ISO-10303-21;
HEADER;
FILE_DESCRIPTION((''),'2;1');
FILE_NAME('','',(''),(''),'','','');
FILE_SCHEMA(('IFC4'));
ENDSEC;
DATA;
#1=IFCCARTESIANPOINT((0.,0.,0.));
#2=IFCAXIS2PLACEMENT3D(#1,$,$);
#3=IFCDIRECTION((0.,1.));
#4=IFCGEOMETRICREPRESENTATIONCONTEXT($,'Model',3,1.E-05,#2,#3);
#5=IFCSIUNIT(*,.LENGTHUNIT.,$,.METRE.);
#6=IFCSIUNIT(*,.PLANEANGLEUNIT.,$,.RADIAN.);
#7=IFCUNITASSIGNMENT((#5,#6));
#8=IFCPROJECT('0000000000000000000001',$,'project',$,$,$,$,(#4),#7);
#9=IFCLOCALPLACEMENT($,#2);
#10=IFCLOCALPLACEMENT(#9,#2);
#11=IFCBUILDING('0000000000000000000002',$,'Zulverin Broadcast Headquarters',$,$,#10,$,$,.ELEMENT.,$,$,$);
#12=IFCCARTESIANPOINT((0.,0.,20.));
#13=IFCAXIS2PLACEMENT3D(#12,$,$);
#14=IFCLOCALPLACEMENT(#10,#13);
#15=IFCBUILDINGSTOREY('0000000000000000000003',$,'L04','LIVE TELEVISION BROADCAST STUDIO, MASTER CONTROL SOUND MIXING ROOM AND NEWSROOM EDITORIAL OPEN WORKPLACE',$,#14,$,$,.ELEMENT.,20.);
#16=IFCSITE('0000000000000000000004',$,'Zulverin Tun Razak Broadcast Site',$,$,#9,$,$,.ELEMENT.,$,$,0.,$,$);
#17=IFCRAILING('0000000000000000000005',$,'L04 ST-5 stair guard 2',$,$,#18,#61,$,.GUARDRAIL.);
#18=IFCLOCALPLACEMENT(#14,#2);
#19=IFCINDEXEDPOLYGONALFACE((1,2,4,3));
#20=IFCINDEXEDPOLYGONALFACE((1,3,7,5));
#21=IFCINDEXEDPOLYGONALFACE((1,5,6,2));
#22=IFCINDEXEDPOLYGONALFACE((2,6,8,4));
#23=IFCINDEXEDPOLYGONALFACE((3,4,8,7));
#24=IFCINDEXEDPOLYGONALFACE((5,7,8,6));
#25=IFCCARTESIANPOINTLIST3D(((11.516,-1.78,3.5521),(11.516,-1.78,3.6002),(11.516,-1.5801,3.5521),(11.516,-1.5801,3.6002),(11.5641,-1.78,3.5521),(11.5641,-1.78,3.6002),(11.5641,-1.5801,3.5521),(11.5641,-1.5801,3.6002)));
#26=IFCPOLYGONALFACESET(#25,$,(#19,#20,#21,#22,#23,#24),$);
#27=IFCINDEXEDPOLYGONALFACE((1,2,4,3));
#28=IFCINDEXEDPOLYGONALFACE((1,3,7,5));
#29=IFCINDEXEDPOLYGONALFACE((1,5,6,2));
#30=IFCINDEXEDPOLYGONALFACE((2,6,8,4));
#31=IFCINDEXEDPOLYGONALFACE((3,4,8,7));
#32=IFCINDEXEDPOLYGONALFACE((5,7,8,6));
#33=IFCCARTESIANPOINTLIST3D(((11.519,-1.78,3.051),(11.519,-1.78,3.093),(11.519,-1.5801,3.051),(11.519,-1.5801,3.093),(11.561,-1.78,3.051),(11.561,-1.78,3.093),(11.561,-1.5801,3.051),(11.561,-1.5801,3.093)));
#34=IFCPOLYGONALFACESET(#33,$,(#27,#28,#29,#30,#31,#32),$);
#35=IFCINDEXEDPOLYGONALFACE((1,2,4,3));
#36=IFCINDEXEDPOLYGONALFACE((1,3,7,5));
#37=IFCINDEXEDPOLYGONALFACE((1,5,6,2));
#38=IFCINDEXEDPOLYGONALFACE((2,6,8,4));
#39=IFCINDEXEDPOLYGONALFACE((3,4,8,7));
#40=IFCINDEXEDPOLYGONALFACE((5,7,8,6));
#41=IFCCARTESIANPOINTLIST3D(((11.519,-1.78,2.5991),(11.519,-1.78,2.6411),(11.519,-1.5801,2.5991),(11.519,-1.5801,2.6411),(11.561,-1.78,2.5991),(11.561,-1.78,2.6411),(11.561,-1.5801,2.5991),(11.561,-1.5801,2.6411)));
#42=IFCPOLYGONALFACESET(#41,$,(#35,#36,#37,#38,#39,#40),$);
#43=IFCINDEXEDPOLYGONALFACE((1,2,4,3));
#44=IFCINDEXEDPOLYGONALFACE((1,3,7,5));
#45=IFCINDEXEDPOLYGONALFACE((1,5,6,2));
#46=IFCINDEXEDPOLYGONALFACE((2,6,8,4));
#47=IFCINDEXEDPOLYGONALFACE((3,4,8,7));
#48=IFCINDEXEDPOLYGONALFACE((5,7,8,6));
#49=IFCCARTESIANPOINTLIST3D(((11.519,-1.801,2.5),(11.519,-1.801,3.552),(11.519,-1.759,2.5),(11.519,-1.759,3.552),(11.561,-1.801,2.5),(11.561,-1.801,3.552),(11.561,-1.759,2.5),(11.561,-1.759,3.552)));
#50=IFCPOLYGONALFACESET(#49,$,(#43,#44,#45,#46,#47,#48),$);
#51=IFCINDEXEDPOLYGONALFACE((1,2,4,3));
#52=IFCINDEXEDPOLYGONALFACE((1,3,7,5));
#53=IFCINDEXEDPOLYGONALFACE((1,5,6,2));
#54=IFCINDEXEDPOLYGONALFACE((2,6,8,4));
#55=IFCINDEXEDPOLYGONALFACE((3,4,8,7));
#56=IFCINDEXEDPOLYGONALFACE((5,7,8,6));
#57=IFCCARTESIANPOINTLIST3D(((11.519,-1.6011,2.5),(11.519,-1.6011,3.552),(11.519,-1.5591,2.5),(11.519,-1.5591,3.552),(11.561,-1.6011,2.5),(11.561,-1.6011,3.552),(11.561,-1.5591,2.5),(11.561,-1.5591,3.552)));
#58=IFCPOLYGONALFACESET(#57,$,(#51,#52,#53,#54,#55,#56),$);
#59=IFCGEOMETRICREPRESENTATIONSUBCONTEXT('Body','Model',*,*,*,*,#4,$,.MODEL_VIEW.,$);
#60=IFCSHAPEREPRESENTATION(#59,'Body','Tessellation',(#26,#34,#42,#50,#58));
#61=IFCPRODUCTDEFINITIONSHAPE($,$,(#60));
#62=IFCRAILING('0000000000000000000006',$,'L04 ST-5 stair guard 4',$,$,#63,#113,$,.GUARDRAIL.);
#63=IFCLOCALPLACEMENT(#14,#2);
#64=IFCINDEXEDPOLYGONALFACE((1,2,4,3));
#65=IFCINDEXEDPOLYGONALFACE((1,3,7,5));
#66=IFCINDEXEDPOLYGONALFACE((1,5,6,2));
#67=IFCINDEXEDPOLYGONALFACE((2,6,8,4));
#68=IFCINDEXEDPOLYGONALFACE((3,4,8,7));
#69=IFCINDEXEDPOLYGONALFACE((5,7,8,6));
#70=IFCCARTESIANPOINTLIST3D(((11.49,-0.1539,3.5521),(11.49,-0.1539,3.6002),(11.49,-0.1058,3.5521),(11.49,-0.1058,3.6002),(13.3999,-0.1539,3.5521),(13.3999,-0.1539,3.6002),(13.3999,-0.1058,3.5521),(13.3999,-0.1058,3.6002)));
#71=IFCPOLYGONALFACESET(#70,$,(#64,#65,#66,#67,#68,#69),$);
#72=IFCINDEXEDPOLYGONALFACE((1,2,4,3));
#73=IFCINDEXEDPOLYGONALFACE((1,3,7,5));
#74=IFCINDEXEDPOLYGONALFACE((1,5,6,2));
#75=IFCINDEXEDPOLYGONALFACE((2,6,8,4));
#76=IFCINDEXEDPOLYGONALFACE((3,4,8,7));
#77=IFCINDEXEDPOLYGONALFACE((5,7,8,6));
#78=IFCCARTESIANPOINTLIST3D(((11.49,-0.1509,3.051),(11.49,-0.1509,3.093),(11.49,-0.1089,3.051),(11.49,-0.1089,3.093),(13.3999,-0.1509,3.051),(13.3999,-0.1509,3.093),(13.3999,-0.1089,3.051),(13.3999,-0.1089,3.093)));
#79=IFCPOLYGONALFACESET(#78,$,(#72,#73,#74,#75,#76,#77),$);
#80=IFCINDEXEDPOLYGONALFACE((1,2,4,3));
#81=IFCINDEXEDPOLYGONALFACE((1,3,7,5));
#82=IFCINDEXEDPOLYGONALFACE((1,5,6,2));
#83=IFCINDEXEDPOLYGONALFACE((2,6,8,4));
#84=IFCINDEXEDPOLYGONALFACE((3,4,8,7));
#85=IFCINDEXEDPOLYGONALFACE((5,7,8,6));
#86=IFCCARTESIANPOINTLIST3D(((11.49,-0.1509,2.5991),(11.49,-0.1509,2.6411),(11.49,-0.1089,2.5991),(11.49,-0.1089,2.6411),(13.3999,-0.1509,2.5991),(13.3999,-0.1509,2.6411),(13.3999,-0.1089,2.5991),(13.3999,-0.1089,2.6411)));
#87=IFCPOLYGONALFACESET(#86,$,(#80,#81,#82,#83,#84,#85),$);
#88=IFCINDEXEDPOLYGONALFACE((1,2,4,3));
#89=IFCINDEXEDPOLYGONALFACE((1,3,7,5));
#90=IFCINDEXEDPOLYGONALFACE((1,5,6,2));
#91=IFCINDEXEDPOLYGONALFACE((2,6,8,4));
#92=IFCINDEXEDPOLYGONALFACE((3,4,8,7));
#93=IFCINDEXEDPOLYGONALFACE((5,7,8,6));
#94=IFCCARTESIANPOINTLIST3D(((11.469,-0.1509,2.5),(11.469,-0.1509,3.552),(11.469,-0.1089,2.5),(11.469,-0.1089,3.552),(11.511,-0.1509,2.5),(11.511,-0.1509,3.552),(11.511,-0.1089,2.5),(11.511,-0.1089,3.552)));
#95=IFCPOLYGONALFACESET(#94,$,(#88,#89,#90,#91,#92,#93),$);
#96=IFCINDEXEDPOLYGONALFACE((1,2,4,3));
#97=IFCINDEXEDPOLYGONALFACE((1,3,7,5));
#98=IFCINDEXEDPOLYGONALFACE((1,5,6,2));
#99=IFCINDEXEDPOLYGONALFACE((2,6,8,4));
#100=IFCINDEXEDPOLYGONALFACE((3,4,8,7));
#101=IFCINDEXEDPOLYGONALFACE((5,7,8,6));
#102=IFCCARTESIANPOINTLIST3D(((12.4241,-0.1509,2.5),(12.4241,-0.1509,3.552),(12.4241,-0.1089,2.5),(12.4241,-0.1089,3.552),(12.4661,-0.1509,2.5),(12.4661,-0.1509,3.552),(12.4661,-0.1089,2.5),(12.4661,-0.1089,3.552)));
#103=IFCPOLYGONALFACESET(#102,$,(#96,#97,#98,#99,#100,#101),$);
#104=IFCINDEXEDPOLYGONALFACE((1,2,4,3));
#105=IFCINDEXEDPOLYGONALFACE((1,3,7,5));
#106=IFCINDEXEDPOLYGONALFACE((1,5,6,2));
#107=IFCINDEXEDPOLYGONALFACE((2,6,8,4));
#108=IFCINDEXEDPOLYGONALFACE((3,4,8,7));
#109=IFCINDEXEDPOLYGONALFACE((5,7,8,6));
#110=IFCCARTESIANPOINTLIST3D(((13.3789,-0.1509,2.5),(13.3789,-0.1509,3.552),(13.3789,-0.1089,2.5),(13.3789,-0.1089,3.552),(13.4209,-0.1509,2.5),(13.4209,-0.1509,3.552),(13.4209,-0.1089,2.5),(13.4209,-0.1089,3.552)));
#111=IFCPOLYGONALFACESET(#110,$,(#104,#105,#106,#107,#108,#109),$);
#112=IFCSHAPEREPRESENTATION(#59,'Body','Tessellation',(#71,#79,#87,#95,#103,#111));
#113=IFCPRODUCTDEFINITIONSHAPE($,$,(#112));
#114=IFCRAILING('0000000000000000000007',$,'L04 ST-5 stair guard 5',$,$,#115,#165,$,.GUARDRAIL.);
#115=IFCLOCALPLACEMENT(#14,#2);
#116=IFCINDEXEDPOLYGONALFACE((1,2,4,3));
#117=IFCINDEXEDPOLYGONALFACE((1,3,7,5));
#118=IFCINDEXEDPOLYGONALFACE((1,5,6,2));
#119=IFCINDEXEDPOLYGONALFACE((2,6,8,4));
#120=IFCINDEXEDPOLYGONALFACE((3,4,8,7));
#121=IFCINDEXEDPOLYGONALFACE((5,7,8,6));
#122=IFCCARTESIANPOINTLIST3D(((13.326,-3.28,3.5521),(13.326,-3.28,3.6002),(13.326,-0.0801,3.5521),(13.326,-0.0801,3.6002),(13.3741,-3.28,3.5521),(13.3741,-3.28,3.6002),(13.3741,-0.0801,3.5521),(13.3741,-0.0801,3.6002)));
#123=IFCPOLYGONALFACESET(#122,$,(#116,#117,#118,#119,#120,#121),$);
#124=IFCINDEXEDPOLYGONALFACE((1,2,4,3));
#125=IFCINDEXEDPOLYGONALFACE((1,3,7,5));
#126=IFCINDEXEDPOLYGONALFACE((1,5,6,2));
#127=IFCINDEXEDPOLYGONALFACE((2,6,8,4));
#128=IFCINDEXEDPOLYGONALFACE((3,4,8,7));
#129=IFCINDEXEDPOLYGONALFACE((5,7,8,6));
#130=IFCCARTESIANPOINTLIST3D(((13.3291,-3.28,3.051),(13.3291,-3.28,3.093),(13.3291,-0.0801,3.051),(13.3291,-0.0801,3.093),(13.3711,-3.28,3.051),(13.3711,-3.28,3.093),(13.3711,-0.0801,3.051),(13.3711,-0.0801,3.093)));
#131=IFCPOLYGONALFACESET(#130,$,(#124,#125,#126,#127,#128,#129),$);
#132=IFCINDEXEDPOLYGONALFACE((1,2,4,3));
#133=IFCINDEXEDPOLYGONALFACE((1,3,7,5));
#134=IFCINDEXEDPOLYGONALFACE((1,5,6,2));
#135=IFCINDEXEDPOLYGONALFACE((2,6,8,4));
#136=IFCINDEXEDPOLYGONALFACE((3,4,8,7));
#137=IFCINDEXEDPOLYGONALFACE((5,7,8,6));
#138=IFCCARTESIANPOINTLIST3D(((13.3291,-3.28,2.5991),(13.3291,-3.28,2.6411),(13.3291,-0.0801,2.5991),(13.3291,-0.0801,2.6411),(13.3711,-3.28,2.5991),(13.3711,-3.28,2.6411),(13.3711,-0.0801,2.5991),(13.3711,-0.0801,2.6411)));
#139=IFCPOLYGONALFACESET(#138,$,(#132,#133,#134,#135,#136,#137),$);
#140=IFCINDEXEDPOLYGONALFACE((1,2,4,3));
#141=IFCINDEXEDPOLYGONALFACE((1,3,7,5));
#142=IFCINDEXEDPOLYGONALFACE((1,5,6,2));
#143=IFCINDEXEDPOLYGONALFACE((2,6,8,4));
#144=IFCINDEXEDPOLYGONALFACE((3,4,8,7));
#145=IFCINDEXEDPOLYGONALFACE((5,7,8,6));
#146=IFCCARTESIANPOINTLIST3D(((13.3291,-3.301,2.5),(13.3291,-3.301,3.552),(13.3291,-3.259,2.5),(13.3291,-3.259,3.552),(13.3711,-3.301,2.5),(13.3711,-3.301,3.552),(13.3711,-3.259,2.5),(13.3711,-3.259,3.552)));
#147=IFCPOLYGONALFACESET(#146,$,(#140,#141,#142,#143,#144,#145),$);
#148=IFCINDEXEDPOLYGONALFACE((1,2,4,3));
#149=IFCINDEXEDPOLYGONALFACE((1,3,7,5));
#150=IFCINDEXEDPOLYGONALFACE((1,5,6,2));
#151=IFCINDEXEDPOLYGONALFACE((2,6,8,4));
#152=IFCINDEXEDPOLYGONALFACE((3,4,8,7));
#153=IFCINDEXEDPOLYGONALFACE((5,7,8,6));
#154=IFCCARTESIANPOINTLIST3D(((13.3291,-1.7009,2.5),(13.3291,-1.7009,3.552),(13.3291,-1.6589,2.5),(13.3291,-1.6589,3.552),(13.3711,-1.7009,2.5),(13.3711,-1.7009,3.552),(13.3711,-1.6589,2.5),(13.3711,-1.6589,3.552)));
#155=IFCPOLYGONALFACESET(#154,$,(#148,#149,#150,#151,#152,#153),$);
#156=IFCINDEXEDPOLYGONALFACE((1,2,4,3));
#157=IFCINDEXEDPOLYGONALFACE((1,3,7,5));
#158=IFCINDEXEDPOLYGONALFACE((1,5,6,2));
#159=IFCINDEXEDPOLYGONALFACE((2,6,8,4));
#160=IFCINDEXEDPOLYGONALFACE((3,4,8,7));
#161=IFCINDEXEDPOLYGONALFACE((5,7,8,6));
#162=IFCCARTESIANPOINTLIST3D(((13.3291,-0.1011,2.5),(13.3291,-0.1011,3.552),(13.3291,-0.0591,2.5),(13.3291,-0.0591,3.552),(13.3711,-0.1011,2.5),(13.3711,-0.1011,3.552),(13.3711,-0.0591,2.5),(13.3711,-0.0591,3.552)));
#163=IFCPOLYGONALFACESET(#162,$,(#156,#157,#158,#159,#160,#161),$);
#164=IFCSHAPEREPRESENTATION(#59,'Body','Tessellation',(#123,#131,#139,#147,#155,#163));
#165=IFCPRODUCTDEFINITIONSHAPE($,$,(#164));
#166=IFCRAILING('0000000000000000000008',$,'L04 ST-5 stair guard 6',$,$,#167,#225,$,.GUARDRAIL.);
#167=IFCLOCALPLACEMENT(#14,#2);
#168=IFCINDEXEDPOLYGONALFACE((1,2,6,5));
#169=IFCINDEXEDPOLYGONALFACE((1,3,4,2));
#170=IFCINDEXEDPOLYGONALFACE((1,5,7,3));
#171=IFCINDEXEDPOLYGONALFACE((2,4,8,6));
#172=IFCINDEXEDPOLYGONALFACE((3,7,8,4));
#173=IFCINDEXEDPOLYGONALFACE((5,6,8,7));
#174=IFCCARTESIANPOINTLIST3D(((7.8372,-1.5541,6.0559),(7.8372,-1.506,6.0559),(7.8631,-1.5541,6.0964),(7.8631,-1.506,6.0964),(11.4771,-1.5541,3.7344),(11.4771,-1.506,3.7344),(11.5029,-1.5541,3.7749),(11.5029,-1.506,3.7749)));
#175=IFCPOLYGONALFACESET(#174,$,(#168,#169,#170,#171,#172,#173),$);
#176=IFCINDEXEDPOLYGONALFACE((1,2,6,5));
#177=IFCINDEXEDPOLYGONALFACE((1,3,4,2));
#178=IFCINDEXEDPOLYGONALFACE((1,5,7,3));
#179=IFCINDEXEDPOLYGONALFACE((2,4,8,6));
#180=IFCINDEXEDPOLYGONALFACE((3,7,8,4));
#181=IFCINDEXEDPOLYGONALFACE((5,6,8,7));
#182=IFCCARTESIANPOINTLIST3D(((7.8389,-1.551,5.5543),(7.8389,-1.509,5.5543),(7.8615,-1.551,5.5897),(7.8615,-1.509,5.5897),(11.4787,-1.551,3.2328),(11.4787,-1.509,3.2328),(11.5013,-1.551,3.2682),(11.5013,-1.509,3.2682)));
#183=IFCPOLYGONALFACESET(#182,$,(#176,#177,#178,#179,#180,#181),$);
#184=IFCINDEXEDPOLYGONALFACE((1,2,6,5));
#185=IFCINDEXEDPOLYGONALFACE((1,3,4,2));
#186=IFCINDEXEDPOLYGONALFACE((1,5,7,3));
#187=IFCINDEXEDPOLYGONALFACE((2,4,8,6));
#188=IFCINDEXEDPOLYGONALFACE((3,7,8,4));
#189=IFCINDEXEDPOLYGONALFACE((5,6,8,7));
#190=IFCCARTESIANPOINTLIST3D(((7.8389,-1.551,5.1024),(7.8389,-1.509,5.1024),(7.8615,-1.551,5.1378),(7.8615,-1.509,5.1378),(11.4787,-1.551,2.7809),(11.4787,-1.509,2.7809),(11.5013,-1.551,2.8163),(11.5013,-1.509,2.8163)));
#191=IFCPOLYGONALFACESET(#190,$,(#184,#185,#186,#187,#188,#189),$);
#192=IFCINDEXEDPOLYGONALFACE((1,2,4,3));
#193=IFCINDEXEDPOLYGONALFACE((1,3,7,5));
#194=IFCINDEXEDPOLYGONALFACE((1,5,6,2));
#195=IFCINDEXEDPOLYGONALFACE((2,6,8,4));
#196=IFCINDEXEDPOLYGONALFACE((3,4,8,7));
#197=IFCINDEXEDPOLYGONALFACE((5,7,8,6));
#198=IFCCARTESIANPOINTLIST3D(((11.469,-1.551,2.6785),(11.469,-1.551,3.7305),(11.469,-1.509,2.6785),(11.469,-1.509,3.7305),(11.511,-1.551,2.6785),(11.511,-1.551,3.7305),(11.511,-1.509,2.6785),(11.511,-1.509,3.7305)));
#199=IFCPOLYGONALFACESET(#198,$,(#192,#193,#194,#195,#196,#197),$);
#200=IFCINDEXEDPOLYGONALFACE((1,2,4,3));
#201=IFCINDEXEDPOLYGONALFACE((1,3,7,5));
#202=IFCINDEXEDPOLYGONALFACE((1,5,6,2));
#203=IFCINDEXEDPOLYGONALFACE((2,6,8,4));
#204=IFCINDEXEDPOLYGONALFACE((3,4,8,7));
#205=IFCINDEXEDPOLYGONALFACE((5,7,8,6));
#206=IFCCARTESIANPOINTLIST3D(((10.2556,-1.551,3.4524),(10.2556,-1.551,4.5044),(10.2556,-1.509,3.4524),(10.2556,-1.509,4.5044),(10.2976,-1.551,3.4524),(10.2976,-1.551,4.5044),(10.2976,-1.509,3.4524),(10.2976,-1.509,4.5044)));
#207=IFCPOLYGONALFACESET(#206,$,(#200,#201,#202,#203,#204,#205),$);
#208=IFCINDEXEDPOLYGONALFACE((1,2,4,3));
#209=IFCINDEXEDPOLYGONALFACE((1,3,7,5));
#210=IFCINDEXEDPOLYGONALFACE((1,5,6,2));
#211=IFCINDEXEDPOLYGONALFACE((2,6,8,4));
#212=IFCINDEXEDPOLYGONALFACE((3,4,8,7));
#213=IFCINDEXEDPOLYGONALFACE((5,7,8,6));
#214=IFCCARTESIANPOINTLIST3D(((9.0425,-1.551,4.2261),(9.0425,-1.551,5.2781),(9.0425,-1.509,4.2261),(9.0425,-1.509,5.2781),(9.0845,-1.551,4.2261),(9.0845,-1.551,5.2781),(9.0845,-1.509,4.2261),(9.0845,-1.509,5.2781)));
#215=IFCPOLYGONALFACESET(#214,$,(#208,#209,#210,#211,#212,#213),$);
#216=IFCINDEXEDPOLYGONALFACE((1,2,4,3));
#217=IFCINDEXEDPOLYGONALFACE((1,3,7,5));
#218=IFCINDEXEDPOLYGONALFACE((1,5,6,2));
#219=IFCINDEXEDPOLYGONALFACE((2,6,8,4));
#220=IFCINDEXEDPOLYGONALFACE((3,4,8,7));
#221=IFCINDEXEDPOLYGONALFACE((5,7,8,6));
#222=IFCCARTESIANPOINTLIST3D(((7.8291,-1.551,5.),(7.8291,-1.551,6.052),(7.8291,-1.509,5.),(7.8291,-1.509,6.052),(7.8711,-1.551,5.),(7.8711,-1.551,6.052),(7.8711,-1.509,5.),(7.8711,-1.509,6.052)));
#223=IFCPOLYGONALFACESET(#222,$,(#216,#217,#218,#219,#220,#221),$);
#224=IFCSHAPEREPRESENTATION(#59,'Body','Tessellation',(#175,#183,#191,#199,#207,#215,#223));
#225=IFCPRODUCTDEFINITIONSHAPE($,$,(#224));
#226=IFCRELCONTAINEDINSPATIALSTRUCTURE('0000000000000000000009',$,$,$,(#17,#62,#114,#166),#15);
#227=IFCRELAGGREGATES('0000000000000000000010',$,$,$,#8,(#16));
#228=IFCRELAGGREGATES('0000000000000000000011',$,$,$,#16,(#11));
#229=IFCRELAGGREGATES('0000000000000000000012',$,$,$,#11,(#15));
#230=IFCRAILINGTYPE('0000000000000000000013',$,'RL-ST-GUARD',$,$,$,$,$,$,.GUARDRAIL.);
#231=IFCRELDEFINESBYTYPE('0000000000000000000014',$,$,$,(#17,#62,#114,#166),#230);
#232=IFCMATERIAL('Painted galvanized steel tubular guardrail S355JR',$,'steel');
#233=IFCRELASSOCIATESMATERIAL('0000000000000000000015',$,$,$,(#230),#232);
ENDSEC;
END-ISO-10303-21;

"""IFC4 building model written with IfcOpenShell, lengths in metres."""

from ifc_helpers import new_model, si_unit, direction, frame, origin, origin_2d, place, context, subcontext, project, spatial, rectangle, extrude, material, type_object, element, save


model = new_model("IFC4")

# Units and contexts
model_context = context("Model", 3, precision=1e-05, world=origin(), true_north=direction((0.0, 1.0)))
body_context = subcontext(model_context, "Body", "Model", "MODEL_VIEW")
ifc_project = project(units=[si_unit("LENGTHUNIT", "METRE"), si_unit("PLANEANGLEUNIT", "RADIAN")], contexts=[model_context])

# Site, building, storey
site_placement = place(None, origin())
site = spatial("IfcSite", under=ifc_project, at=site_placement, Name="Zulverin Tun Razak Broadcast Site", CompositionType="ELEMENT", RefElevation=0.0)
building_placement = place(site_placement, origin())
building = spatial("IfcBuilding", under=site, at=building_placement, Name="Zulverin Broadcast Headquarters", CompositionType="ELEMENT")
storey_placement = place(building_placement, frame((0.0, 0.0, 20.0)))
storey = spatial("IfcBuildingStorey", under=building, at=storey_placement, Name="L04", Description="LIVE TELEVISION BROADCAST STUDIO, MASTER CONTROL SOUND MIXING ROOM AND NEWSROOM EDITORIAL OPEN WORKPLACE", CompositionType="ELEMENT", Elevation=20.0)

# Railings
ifc_material_1 = material(Name="Painted galvanized steel tubular guardrail S355JR", Category="steel")
railing_type_1 = type_object("IfcRailingType", Name="RL-ST-GUARD", PredefinedType="GUARDRAIL", material=ifc_material_1)
railing_1_placement = place(storey_placement, frame((11.54, -1.78, 2.5)))
element("IfcRailing", 1, at=railing_1_placement, inside=storey, type_object=railing_type_1, Name="L04 ST-5 stair guard 2", PredefinedType="GUARDRAIL", context=body_context, shape_type="SweptSolid", body=[
    extrude(rectangle(XDim=0.0481, YDim=0.0481, at=origin_2d()), frame((0.0, 0.0, 1.0762), z_axis=(0.0, 1.0, 0.0), x_axis=(-1.0, 0.0, 0.0)), (0.0, 0.0, 1.0), 0.2),
    extrude(rectangle(XDim=0.042, YDim=0.042, at=origin_2d()), frame((0.0, 0.0, 0.572), z_axis=(0.0, 1.0, 0.0), x_axis=(-1.0, 0.0, 0.0)), (0.0, 0.0, 1.0), 0.2),
    extrude(rectangle(XDim=0.042, YDim=0.042, at=origin_2d()), frame((0.0, 0.0, 0.1201), z_axis=(0.0, 1.0, 0.0), x_axis=(-1.0, 0.0, 0.0)), (0.0, 0.0, 1.0), 0.2),
    extrude(rectangle(XDim=0.042, YDim=0.042, at=origin_2d()), origin(), (0.0, 0.0, 1.0), 1.052),
    extrude(rectangle(XDim=0.042, YDim=0.042, at=origin_2d()), frame((0.0, 0.2, 0.0)), (0.0, 0.0, 1.0), 1.052),
])
railing_2_placement = place(storey_placement, frame((11.49, -0.1299, 2.5)))
element("IfcRailing", 2, at=railing_2_placement, inside=storey, type_object=railing_type_1, Name="L04 ST-5 stair guard 4", PredefinedType="GUARDRAIL", context=body_context, shape_type="SweptSolid", body=[
    extrude(rectangle(XDim=0.0481, YDim=0.0481, at=origin_2d()), frame((0.0, 0.0, 1.0762), z_axis=(1.0, 0.0, 0.0), x_axis=(0.0, 1.0, 0.0)), (0.0, 0.0, 1.0), 1.9099),
    extrude(rectangle(XDim=0.042, YDim=0.042, at=origin_2d()), frame((0.0, 0.0, 0.572), z_axis=(1.0, 0.0, 0.0), x_axis=(0.0, 1.0, 0.0)), (0.0, 0.0, 1.0), 1.9099),
    extrude(rectangle(XDim=0.042, YDim=0.042, at=origin_2d()), frame((0.0, 0.0, 0.1201), z_axis=(1.0, 0.0, 0.0), x_axis=(0.0, 1.0, 0.0)), (0.0, 0.0, 1.0), 1.9099),
    extrude(rectangle(XDim=0.042, YDim=0.042, at=origin_2d()), origin(), (0.0, 0.0, 1.0), 1.052),
    extrude(rectangle(XDim=0.042, YDim=0.042, at=origin_2d()), frame((0.9551, 0.0, 0.0)), (0.0, 0.0, 1.0), 1.052),
    extrude(rectangle(XDim=0.042, YDim=0.042, at=origin_2d()), frame((1.9099, 0.0, 0.0)), (0.0, 0.0, 1.0), 1.052),
])
railing_3_placement = place(storey_placement, frame((13.3501, -3.28, 2.5)))
element("IfcRailing", 3, at=railing_3_placement, inside=storey, type_object=railing_type_1, Name="L04 ST-5 stair guard 5", PredefinedType="GUARDRAIL", context=body_context, shape_type="SweptSolid", body=[
    extrude(rectangle(XDim=0.0481, YDim=0.0481, at=origin_2d()), frame((0.0, 0.0, 1.0762), z_axis=(0.0, 1.0, 0.0), x_axis=(-1.0, 0.0, 0.0)), (0.0, 0.0, 1.0), 3.2),
    extrude(rectangle(XDim=0.042, YDim=0.042, at=origin_2d()), frame((0.0, 0.0, 0.572), z_axis=(0.0, 1.0, 0.0), x_axis=(-1.0, 0.0, 0.0)), (0.0, 0.0, 1.0), 3.2),
    extrude(rectangle(XDim=0.042, YDim=0.042, at=origin_2d()), frame((0.0, 0.0, 0.1201), z_axis=(0.0, 1.0, 0.0), x_axis=(-1.0, 0.0, 0.0)), (0.0, 0.0, 1.0), 3.2),
    extrude(rectangle(XDim=0.042, YDim=0.042, at=origin_2d()), origin(), (0.0, 0.0, 1.0), 1.052),
    extrude(rectangle(XDim=0.042, YDim=0.042, at=origin_2d()), frame((0.0, 1.6001, 0.0)), (0.0, 0.0, 1.0), 1.052),
    extrude(rectangle(XDim=0.042, YDim=0.042, at=origin_2d()), frame((0.0, 3.2, 0.0)), (0.0, 0.0, 1.0), 1.052),
])
railing_4_placement = place(storey_placement, frame((11.49, -1.53, 2.6785)))
element("IfcRailing", 4, at=railing_4_placement, inside=storey, type_object=railing_type_1, Name="L04 ST-5 stair guard 6", PredefinedType="GUARDRAIL", context=body_context, shape_type="SweptSolid", body=[
    extrude(rectangle(XDim=0.0481, YDim=0.0481, at=origin_2d()), frame((0.0, 0.0, 1.0762), z_axis=(-0.843112, 0.0, 0.537739), x_axis=(0.0, -1.0, 0.0)), (0.0, 0.0, 1.0), 4.3171),
    extrude(rectangle(XDim=0.042, YDim=0.042, at=origin_2d()), frame((0.0, 0.0, 0.572), z_axis=(-0.843112, 0.0, 0.537739), x_axis=(0.0, -1.0, 0.0)), (0.0, 0.0, 1.0), 4.3171),
    extrude(rectangle(XDim=0.042, YDim=0.042, at=origin_2d()), frame((0.0, 0.0, 0.1201), z_axis=(-0.843112, 0.0, 0.537739), x_axis=(0.0, -1.0, 0.0)), (0.0, 0.0, 1.0), 4.3171),
    extrude(rectangle(XDim=0.042, YDim=0.042, at=origin_2d()), origin(), (0.0, 0.0, 1.0), 1.052),
    extrude(rectangle(XDim=0.042, YDim=0.042, at=origin_2d()), frame((-1.2134, 0.0, 0.7739)), (0.0, 0.0, 1.0), 1.052),
    extrude(rectangle(XDim=0.042, YDim=0.042, at=origin_2d()), frame((-2.4265, 0.0, 1.5476)), (0.0, 0.0, 1.0), 1.052),
    extrude(rectangle(XDim=0.042, YDim=0.042, at=origin_2d()), frame((-3.6399, 0.0, 2.3215)), (0.0, 0.0, 1.0), 1.052),
])

save(model, "model.ifc")
